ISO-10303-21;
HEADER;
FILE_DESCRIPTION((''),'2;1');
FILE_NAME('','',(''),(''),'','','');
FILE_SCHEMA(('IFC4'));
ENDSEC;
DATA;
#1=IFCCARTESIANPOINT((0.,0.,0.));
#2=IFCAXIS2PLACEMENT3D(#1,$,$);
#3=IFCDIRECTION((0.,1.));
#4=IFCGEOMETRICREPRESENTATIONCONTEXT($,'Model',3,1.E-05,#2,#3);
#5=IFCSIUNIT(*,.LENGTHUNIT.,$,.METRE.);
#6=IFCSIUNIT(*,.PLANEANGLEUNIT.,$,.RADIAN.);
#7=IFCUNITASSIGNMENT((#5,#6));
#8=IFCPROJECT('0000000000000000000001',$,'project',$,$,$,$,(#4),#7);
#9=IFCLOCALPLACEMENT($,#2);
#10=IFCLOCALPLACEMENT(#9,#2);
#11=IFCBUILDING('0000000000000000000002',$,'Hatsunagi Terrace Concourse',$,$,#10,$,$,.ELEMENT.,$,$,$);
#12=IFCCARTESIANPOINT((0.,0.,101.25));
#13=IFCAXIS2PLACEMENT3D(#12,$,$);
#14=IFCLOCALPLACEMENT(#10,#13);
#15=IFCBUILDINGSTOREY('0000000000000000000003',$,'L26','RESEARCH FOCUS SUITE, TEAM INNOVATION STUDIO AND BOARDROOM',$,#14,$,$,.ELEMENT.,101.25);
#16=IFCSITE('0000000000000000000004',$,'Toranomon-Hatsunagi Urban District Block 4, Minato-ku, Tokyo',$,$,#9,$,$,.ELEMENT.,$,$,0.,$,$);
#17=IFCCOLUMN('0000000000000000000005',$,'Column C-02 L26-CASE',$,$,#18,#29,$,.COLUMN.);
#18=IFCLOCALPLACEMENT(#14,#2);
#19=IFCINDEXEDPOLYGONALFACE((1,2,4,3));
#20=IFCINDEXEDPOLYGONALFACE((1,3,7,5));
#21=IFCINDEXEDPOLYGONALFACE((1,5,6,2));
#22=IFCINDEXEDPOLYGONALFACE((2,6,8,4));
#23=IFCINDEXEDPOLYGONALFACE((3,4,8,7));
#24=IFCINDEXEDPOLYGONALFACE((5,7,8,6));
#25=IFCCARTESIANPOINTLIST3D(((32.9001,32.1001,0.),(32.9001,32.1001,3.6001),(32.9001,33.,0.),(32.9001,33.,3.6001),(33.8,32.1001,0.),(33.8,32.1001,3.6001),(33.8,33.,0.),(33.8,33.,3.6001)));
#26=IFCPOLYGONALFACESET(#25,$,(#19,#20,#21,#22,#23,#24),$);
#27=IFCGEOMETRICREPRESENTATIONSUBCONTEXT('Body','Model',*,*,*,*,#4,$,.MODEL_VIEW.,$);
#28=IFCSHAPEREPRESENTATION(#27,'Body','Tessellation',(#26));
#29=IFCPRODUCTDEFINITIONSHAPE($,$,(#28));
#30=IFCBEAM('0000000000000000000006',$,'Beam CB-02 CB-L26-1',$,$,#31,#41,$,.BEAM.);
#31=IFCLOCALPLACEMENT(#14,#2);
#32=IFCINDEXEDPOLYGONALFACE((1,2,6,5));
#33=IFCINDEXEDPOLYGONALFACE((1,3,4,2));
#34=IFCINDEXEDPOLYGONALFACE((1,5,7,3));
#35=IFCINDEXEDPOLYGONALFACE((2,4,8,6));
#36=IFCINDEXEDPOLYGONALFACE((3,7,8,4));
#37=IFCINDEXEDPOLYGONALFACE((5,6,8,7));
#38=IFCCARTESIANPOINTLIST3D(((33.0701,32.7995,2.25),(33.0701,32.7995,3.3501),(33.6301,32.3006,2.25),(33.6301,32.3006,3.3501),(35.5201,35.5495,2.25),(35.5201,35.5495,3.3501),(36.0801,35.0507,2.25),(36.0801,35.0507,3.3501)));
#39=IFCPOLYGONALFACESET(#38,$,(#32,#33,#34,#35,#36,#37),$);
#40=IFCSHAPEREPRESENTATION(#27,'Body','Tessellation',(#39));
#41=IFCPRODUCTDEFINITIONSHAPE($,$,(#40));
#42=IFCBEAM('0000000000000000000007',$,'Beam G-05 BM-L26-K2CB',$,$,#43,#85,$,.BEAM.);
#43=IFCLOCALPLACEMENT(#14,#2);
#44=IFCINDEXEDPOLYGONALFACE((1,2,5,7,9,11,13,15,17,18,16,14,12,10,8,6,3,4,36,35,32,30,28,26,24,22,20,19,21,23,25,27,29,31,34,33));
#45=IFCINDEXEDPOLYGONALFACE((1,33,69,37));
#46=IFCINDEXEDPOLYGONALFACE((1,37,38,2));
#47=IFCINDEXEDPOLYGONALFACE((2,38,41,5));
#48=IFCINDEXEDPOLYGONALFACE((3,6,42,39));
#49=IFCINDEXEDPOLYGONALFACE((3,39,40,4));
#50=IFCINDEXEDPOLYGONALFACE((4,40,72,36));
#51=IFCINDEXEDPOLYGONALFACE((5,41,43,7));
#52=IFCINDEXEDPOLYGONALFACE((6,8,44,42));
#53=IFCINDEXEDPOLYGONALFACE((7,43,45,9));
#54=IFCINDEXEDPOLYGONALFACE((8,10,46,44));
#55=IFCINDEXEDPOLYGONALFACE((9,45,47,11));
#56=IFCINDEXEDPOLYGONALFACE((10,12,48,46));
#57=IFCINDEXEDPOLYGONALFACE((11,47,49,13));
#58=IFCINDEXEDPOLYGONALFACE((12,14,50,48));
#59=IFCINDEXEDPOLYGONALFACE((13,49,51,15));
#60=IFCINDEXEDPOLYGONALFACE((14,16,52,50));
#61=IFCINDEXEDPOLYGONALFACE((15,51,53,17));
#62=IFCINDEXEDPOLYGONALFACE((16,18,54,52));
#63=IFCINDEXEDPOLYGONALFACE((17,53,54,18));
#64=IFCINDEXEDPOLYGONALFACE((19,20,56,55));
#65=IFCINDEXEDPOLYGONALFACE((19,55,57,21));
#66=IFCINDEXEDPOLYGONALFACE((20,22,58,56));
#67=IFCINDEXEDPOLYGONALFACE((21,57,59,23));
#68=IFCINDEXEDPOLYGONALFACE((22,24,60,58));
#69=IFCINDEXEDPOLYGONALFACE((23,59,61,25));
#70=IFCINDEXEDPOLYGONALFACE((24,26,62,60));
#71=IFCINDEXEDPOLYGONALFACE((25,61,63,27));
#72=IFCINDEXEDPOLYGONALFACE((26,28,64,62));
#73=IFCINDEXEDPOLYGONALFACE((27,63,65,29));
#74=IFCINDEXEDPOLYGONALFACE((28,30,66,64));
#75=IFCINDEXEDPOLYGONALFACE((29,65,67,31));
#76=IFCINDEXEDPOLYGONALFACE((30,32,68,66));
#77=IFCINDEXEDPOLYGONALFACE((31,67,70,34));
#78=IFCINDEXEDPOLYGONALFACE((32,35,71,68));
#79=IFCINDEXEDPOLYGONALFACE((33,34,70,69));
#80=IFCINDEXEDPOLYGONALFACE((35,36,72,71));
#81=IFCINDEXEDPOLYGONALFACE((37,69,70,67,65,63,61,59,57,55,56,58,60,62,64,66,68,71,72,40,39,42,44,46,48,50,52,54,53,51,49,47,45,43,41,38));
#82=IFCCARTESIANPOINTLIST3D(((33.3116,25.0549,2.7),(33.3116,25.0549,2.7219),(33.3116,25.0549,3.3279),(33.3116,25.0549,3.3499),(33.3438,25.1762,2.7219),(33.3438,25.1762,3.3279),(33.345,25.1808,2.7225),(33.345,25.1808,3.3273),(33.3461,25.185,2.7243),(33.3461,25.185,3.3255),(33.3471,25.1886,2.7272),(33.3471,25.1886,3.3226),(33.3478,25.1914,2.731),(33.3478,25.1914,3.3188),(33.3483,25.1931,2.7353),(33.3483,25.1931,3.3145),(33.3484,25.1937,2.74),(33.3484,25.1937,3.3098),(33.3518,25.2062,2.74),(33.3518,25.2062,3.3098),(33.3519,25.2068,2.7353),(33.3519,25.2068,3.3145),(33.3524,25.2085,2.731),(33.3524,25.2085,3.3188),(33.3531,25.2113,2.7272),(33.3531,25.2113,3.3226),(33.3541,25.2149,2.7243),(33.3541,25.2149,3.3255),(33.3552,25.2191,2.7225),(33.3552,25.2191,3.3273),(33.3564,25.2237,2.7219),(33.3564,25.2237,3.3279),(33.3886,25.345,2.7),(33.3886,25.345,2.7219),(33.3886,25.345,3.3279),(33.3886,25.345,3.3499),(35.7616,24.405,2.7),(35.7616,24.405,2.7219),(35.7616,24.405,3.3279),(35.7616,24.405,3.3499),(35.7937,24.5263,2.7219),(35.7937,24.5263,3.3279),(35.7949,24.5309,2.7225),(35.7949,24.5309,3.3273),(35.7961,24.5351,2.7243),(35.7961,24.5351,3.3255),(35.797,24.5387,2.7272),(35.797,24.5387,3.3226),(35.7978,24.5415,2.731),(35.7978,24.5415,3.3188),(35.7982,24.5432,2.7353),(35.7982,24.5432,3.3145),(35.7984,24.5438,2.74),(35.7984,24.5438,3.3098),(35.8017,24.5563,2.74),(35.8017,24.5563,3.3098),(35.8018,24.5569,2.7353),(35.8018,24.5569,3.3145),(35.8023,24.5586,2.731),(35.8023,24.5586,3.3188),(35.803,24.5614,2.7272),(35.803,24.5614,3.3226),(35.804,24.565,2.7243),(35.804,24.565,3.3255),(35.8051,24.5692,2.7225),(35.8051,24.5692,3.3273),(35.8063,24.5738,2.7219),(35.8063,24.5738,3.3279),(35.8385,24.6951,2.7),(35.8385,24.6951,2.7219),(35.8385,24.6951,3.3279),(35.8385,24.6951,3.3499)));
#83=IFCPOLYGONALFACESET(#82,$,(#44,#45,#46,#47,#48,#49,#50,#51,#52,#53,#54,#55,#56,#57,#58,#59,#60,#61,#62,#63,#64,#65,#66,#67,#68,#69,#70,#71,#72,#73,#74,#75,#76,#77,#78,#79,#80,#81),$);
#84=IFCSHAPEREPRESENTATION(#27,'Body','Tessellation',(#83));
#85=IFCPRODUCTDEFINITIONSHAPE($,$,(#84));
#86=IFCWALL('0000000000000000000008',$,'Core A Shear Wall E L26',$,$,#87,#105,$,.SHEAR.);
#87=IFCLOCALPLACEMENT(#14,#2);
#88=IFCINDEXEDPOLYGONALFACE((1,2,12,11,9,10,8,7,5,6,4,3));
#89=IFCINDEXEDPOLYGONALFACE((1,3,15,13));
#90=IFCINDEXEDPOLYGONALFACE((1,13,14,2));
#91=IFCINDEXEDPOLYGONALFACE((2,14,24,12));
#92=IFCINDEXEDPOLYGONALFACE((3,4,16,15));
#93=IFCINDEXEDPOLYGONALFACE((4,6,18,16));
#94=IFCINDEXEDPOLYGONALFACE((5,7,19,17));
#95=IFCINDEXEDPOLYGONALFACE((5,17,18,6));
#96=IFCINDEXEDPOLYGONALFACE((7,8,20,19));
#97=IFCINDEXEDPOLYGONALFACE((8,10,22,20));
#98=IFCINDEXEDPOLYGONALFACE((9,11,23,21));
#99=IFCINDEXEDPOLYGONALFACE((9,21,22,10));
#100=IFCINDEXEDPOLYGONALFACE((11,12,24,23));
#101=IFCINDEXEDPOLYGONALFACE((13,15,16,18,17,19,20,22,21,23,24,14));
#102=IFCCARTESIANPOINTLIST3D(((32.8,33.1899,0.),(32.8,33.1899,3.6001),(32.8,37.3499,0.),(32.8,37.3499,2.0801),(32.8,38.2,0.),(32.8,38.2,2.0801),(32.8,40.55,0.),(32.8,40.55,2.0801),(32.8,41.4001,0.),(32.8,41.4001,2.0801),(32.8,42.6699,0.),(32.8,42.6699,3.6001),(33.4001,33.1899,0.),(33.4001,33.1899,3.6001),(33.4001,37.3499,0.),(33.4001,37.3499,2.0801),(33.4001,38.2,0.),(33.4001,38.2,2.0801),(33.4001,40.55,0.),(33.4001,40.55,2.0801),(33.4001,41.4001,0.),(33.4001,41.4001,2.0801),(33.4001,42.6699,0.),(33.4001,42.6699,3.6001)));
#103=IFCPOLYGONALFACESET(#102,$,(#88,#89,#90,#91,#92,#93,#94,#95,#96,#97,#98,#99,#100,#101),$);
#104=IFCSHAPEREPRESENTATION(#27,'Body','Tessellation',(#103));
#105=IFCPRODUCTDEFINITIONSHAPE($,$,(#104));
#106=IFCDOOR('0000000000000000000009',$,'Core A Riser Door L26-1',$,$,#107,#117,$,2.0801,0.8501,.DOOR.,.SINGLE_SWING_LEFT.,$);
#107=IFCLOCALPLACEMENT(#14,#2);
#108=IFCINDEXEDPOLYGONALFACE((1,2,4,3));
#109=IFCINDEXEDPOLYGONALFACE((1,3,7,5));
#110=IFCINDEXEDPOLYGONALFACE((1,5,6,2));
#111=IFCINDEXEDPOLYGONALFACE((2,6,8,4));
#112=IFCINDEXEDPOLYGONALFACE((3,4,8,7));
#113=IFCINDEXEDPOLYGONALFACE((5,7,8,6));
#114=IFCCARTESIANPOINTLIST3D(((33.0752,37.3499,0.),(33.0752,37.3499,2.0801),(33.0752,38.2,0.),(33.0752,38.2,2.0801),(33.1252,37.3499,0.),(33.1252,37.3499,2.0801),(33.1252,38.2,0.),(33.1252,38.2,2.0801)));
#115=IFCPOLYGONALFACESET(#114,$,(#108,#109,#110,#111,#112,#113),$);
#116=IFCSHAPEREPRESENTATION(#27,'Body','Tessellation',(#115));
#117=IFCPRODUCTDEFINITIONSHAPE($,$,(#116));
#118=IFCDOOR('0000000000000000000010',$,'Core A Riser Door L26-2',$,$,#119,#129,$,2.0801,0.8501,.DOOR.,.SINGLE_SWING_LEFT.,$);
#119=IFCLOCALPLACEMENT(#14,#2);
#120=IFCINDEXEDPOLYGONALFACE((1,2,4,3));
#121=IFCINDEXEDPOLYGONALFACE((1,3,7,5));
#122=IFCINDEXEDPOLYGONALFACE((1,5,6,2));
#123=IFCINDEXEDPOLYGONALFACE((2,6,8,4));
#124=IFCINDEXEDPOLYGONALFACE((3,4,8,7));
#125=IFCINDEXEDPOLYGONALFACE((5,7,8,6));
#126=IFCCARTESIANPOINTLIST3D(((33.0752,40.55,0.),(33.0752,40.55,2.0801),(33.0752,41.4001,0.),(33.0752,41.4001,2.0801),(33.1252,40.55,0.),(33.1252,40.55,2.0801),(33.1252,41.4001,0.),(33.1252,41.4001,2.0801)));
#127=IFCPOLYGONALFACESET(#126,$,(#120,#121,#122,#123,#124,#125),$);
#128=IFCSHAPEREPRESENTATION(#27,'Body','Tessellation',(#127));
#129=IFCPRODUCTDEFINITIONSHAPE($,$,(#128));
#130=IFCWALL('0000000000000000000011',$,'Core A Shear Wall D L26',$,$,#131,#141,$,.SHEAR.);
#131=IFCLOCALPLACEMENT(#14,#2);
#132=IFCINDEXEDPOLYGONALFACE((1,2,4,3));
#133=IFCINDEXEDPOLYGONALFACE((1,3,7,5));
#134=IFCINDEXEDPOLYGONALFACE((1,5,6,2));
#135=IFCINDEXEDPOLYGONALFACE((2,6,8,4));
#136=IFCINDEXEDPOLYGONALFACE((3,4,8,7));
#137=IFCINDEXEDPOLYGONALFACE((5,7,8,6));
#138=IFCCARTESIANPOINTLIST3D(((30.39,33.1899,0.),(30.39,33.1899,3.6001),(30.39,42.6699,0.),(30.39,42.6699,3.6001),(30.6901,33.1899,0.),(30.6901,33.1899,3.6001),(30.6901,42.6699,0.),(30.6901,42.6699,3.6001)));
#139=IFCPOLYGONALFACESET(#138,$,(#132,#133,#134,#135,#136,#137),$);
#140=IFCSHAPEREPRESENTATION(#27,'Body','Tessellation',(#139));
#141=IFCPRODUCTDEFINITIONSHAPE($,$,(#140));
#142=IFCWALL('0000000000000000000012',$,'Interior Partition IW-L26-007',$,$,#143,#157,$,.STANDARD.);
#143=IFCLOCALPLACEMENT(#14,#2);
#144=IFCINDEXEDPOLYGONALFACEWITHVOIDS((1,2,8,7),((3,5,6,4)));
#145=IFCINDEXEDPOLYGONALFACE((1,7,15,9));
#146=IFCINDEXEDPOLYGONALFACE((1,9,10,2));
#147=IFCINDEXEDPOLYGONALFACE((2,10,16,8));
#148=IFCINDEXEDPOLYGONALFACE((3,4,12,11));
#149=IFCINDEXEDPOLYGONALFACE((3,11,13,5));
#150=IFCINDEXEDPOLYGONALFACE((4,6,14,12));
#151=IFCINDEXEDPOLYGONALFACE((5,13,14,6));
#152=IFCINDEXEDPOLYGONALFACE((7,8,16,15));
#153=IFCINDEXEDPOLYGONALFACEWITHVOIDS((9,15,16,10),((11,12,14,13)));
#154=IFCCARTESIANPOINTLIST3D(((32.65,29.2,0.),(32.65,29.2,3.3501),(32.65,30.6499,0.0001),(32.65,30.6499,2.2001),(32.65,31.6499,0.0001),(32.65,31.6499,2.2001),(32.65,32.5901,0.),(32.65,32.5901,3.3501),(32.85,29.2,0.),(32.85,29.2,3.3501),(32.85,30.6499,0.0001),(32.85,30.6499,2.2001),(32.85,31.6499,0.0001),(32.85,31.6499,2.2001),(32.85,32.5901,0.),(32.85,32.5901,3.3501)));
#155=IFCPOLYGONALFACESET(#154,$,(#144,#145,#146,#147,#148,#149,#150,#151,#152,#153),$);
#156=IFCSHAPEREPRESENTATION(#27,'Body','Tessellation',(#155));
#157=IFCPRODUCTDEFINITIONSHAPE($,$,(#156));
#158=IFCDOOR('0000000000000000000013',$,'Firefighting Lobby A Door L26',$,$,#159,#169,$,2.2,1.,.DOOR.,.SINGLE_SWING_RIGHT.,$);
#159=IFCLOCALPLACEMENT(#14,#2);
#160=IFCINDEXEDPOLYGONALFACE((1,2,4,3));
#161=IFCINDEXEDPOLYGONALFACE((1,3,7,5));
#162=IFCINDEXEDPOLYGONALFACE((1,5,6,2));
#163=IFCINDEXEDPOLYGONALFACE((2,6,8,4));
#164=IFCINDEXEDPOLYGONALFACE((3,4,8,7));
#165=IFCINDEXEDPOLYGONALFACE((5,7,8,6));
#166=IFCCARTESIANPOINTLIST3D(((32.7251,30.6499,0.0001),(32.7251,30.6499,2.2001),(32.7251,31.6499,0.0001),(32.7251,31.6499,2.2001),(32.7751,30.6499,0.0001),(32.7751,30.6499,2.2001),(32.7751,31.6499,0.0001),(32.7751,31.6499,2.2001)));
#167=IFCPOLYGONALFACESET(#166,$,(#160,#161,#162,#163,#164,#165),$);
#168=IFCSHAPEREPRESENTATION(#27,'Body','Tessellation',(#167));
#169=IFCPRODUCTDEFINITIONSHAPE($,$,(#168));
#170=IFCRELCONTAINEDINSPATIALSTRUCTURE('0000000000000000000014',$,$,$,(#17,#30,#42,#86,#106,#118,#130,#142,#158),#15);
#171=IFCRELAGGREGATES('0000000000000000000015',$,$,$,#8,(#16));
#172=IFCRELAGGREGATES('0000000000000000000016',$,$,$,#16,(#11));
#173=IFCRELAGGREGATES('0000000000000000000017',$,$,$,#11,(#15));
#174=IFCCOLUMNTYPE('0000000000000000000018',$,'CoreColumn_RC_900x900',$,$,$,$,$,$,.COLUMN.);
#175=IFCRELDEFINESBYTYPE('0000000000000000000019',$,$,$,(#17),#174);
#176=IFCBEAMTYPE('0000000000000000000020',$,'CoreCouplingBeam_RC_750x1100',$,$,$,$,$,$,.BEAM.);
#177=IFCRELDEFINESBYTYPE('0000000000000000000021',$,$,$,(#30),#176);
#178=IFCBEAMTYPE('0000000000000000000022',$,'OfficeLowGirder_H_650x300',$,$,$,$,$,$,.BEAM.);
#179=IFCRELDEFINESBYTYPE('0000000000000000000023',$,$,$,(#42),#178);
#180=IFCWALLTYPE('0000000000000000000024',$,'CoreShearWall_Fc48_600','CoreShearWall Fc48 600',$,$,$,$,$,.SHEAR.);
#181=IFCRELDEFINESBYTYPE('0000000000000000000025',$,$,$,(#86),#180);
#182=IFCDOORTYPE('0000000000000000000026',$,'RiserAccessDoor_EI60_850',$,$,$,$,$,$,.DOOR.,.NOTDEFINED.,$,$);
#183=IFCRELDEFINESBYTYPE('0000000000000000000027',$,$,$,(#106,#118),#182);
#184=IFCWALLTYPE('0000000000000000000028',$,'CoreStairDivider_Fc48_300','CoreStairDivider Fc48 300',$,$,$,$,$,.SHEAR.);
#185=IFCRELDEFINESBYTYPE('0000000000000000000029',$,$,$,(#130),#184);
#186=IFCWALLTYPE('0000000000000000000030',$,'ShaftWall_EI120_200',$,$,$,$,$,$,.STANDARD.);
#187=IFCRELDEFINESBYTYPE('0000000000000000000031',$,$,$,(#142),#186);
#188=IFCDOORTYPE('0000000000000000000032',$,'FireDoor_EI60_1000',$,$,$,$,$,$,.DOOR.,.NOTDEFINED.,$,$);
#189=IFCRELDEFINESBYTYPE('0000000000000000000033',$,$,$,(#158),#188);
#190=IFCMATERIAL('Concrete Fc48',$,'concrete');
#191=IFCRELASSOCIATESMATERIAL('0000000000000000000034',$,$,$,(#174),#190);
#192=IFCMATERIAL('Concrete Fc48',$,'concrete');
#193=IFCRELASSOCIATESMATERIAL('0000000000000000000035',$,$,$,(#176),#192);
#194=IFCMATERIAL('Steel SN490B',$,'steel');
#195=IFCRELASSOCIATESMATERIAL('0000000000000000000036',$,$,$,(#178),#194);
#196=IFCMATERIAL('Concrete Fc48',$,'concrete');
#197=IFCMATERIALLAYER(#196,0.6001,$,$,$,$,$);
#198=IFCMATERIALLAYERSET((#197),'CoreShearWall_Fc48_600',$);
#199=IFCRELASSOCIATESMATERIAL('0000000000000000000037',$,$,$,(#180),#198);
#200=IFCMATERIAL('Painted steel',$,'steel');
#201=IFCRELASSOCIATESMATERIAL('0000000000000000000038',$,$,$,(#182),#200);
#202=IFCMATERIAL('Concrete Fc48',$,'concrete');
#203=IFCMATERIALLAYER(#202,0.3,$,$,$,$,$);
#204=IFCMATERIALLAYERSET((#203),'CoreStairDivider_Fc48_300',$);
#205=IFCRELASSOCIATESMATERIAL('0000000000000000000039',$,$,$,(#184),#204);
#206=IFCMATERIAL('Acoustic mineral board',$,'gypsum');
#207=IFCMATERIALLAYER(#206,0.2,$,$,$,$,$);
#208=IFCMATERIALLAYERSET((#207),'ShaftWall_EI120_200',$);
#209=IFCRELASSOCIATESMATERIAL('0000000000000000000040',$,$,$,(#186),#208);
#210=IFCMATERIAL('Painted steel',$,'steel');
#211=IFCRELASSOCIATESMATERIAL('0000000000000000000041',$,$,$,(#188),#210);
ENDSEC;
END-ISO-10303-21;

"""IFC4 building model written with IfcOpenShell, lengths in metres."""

from ifc_helpers import new_model, si_unit, direction, frame, frame_2d, origin, origin_2d, place, context, subcontext, project, spatial, rectangle, i_section, extrude, material, layer, layer_set, material_profile, profile_set, type_object, element, fill, save


model = new_model("IFC4")

# Units and contexts
model_context = context("Model", 3, precision=1e-05, world=origin(), true_north=direction((0.0, 1.0)))
body_context = subcontext(model_context, "Body", "Model", "MODEL_VIEW")
ifc_project = project(units=[si_unit("LENGTHUNIT", "METRE"), si_unit("PLANEANGLEUNIT", "RADIAN")], contexts=[model_context])

# Site, building, storey
site_placement = place(None, origin())
site = spatial("IfcSite", under=ifc_project, at=site_placement, Name="Toranomon-Hatsunagi Urban District Block 4, Minato-ku, Tokyo", CompositionType="ELEMENT", RefElevation=0.0)
building_placement = place(site_placement, origin())
building = spatial("IfcBuilding", under=site, at=building_placement, Name="Hatsunagi Terrace Concourse", CompositionType="ELEMENT")
storey_placement = place(building_placement, frame((0.0, 0.0, 101.25)))
storey = spatial("IfcBuildingStorey", under=building, at=storey_placement, Name="L26", Description="RESEARCH FOCUS SUITE, TEAM INNOVATION STUDIO AND BOARDROOM", CompositionType="ELEMENT", Elevation=101.25)

# Column
ifc_material_1 = material(Name="Concrete Fc48", Category="concrete")
ifc_material_profile_1 = material_profile(ifc_material_1, rectangle(XDim=0.8999, YDim=0.8999, at=origin_2d()), Name="RC-900x900")
ifc_profile_set_1 = profile_set([ifc_material_profile_1], Name="Concrete Fc48")
column_type = type_object("IfcColumnType", Name="CoreColumn_RC_900x900", PredefinedType="COLUMN", material=ifc_profile_set_1)
column_placement = place(storey_placement, frame((33.3501, 32.55, 0.0), z_axis=(0.0, 0.0, 1.0), x_axis=(1.0, 0.0, 0.0)))
element("IfcColumn", 1, at=column_placement, inside=storey, type_object=column_type, Name="Column C-02 L26-CASE", PredefinedType="COLUMN", context=body_context, shape_type="SweptSolid", body=[
    extrude(rectangle(XDim=0.8999, YDim=0.8999, at=origin_2d()), origin(), (0.0, 0.0, 1.0), 3.6001),
])

# Beams
ifc_material_2 = material(Name="Concrete Fc48", Category="concrete")
ifc_material_profile_2 = material_profile(ifc_material_2, rectangle(XDim=0.75, YDim=1.1001, at=origin_2d()), Name="RC-750x1100")
ifc_profile_set_2 = profile_set([ifc_material_profile_2], Name="Concrete Fc48")
beam_type_1 = type_object("IfcBeamType", Name="CoreCouplingBeam_RC_750x1100", PredefinedType="BEAM", material=ifc_profile_set_2)
beam_1_placement = place(storey_placement, frame((33.3501, 32.55, 2.8), z_axis=(0.665199, 0.746666, 0.0), x_axis=(-0.746666, 0.665199, 0.0)))
element("IfcBeam", 2, at=beam_1_placement, inside=storey, type_object=beam_type_1, Name="Beam CB-02 CB-L26-1", PredefinedType="BEAM", context=body_context, shape_type="SweptSolid", body=[
    extrude(rectangle(XDim=0.75, YDim=1.1001, at=origin_2d()), origin(), (0.0, 0.0, 1.0), 3.6831),
])
ifc_material_3 = material(Name="Steel SN490B", Category="steel")
ifc_material_profile_3 = material_profile(ifc_material_3, i_section(OverallWidth=0.3, OverallDepth=0.6499, WebThickness=0.0129, FlangeThickness=0.022, FilletRadius=0.0181, at=origin_2d()), Name="H-650x300x13x22")
ifc_profile_set_3 = profile_set([ifc_material_profile_3], Name="Steel SN490B")
beam_type_2 = type_object("IfcBeamType", Name="OfficeLowGirder_H_650x300", PredefinedType="BEAM", material=ifc_profile_set_3)
beam_2_placement = place(storey_placement, frame((33.3501, 25.2, 3.0249), z_axis=(0.96657, -0.256403, 0.0), x_axis=(0.256403, 0.96657, 0.0)))
element("IfcBeam", 3, at=beam_2_placement, inside=storey, type_object=beam_type_2, Name="Beam G-05 BM-L26-K2CB", PredefinedType="BEAM", context=body_context, shape_type="SweptSolid", body=[
    extrude(i_section(OverallWidth=0.3, OverallDepth=0.6499, WebThickness=0.0129, FlangeThickness=0.022, FilletRadius=0.0181, at=origin_2d()), origin(), (0.0, 0.0, 1.0), 2.5347),
])

# Wall, openings, doors
ifc_material_4 = material(Name="Concrete Fc48", Category="concrete")
ifc_layer_1 = layer(ifc_material_4, 0.6001)
ifc_layer_set_1 = layer_set([ifc_layer_1], Name="CoreShearWall_Fc48_600")
wall_type_1 = type_object("IfcWallType", Name="CoreShearWall_Fc48_600", Description="CoreShearWall Fc48 600", PredefinedType="SHEAR", material=ifc_layer_set_1)
wall_1_placement = place(storey_placement, frame((33.1001, 33.1899, 0.0), z_axis=(0.0, 0.0, 1.0), x_axis=(0.0, 1.0, 0.0)))
wall_1 = element("IfcWall", 4, at=wall_1_placement, inside=storey, type_object=wall_type_1, Name="Core A Shear Wall E L26", PredefinedType="SHEAR", context=body_context, shape_type="SweptSolid", body=[
    extrude(rectangle(XDim=9.48, YDim=0.6001, at=frame_2d((4.74, 0.0))), origin(), (0.0, 0.0, 1.0), 3.6001),
])
opening_1_placement = place(wall_1_placement, frame((4.1599, 0.0, 0.0)))
opening_1 = element("IfcOpeningElement", 5, at=opening_1_placement, cuts=wall_1, PredefinedType="OPENING", context=body_context, shape_type="SweptSolid", body=[
    extrude(rectangle(XDim=0.8501, YDim=2.0801, at=frame_2d((0.425, 1.04))), frame((0.0, 0.3101, 0.0), z_axis=(0.0, -1.0, 0.0), x_axis=(1.0, 0.0, 0.0)), (0.0, 0.0, 1.0), 0.6201),
])
opening_2_placement = place(wall_1_placement, frame((7.3601, 0.0, 0.0)))
opening_2 = element("IfcOpeningElement", 6, at=opening_2_placement, cuts=wall_1, PredefinedType="OPENING", context=body_context, shape_type="SweptSolid", body=[
    extrude(rectangle(XDim=0.8501, YDim=2.0801, at=frame_2d((0.425, 1.04))), frame((0.0, 0.3101, 0.0), z_axis=(0.0, -1.0, 0.0), x_axis=(1.0, 0.0, 0.0)), (0.0, 0.0, 1.0), 0.6201),
])
ifc_material_5 = material(Name="Painted steel", Category="steel")
door_type_1 = type_object("IfcDoorType", Name="RiserAccessDoor_EI60_850", OperationType="NOTDEFINED", PredefinedType="DOOR", material=ifc_material_5)
door_1_placement = place(opening_1_placement, origin())
door_1 = element("IfcDoor", 7, at=door_1_placement, inside=storey, type_object=door_type_1, Name="Core A Riser Door L26-1", OperationType="SINGLE_SWING_LEFT", OverallHeight=2.0801, OverallWidth=0.8501, PredefinedType="DOOR", context=body_context, shape_type="SweptSolid", body=[
    extrude(rectangle(XDim=0.8501, YDim=2.0801, at=frame_2d((0.425, 1.04))), frame((0.0, 0.0249, 0.0), z_axis=(0.0, -1.0, 0.0), x_axis=(1.0, 0.0, 0.0)), (0.0, 0.0, 1.0), 0.05),
])
fill(opening_1, door_1)
door_2_placement = place(opening_2_placement, origin())
door_2 = element("IfcDoor", 8, at=door_2_placement, inside=storey, type_object=door_type_1, Name="Core A Riser Door L26-2", OperationType="SINGLE_SWING_LEFT", OverallHeight=2.0801, OverallWidth=0.8501, PredefinedType="DOOR", context=body_context, shape_type="SweptSolid", body=[
    extrude(rectangle(XDim=0.8501, YDim=2.0801, at=frame_2d((0.425, 1.04))), frame((0.0, 0.0249, 0.0), z_axis=(0.0, -1.0, 0.0), x_axis=(1.0, 0.0, 0.0)), (0.0, 0.0, 1.0), 0.05),
])
fill(opening_2, door_2)

# Wall
ifc_material_6 = material(Name="Concrete Fc48", Category="concrete")
ifc_layer_2 = layer(ifc_material_6, 0.3)
ifc_layer_set_2 = layer_set([ifc_layer_2], Name="CoreStairDivider_Fc48_300")
wall_type_2 = type_object("IfcWallType", Name="CoreStairDivider_Fc48_300", Description="CoreStairDivider Fc48 300", PredefinedType="SHEAR", material=ifc_layer_set_2)
wall_2_placement = place(storey_placement, frame((30.54, 33.1899, 0.0), z_axis=(0.0, 0.0, 1.0), x_axis=(0.0, 1.0, 0.0)))
element("IfcWall", 9, at=wall_2_placement, inside=storey, type_object=wall_type_2, Name="Core A Shear Wall D L26", PredefinedType="SHEAR", context=body_context, shape_type="SweptSolid", body=[
    extrude(rectangle(XDim=9.48, YDim=0.3, at=frame_2d((4.74, 0.0))), origin(), (0.0, 0.0, 1.0), 3.6001),
])

# Wall, opening, door
ifc_material_7 = material(Name="Acoustic mineral board", Category="gypsum")
ifc_layer_3 = layer(ifc_material_7, 0.2)
ifc_layer_set_3 = layer_set([ifc_layer_3], Name="ShaftWall_EI120_200")
wall_type_3 = type_object("IfcWallType", Name="ShaftWall_EI120_200", PredefinedType="STANDARD", material=ifc_layer_set_3)
wall_3_placement = place(storey_placement, frame((32.75, 29.2, 0.0), z_axis=(0.0, 0.0, 1.0), x_axis=(0.0, 1.0, 0.0)))
wall_3 = element("IfcWall", 10, at=wall_3_placement, inside=storey, type_object=wall_type_3, Name="Interior Partition IW-L26-007", PredefinedType="STANDARD", context=body_context, shape_type="SweptSolid", body=[
    extrude(rectangle(XDim=3.3901, YDim=0.2, at=frame_2d((1.6951, 0.0))), origin(), (0.0, 0.0, 1.0), 3.3501),
])
opening_3_placement = place(wall_3_placement, frame((1.45, 0.0, 0.0)))
opening_3 = element("IfcOpeningElement", 11, at=opening_3_placement, cuts=wall_3, PredefinedType="OPENING", context=body_context, shape_type="SweptSolid", body=[
    extrude(rectangle(XDim=1.0, YDim=2.2, at=frame_2d((0.5, 1.1001))), frame((0.0, 0.1099, 0.0), z_axis=(0.0, -1.0, 0.0), x_axis=(1.0, 0.0, 0.0)), (0.0, 0.0, 1.0), 0.22),
])
ifc_material_8 = material(Name="Painted steel", Category="steel")
door_type_2 = type_object("IfcDoorType", Name="FireDoor_EI60_1000", OperationType="NOTDEFINED", PredefinedType="DOOR", material=ifc_material_8)
door_3_placement = place(opening_3_placement, origin())
door_3 = element("IfcDoor", 12, at=door_3_placement, inside=storey, type_object=door_type_2, Name="Firefighting Lobby A Door L26", OperationType="SINGLE_SWING_RIGHT", OverallHeight=2.2, OverallWidth=1.0, PredefinedType="DOOR", context=body_context, shape_type="SweptSolid", body=[
    extrude(rectangle(XDim=1.0, YDim=2.2, at=frame_2d((0.5, 1.1001))), frame((0.0, 0.0249, 0.0), z_axis=(0.0, -1.0, 0.0), x_axis=(1.0, 0.0, 0.0)), (0.0, 0.0, 1.0), 0.05),
])
fill(opening_3, door_3)

save(model, "model.ifc")
